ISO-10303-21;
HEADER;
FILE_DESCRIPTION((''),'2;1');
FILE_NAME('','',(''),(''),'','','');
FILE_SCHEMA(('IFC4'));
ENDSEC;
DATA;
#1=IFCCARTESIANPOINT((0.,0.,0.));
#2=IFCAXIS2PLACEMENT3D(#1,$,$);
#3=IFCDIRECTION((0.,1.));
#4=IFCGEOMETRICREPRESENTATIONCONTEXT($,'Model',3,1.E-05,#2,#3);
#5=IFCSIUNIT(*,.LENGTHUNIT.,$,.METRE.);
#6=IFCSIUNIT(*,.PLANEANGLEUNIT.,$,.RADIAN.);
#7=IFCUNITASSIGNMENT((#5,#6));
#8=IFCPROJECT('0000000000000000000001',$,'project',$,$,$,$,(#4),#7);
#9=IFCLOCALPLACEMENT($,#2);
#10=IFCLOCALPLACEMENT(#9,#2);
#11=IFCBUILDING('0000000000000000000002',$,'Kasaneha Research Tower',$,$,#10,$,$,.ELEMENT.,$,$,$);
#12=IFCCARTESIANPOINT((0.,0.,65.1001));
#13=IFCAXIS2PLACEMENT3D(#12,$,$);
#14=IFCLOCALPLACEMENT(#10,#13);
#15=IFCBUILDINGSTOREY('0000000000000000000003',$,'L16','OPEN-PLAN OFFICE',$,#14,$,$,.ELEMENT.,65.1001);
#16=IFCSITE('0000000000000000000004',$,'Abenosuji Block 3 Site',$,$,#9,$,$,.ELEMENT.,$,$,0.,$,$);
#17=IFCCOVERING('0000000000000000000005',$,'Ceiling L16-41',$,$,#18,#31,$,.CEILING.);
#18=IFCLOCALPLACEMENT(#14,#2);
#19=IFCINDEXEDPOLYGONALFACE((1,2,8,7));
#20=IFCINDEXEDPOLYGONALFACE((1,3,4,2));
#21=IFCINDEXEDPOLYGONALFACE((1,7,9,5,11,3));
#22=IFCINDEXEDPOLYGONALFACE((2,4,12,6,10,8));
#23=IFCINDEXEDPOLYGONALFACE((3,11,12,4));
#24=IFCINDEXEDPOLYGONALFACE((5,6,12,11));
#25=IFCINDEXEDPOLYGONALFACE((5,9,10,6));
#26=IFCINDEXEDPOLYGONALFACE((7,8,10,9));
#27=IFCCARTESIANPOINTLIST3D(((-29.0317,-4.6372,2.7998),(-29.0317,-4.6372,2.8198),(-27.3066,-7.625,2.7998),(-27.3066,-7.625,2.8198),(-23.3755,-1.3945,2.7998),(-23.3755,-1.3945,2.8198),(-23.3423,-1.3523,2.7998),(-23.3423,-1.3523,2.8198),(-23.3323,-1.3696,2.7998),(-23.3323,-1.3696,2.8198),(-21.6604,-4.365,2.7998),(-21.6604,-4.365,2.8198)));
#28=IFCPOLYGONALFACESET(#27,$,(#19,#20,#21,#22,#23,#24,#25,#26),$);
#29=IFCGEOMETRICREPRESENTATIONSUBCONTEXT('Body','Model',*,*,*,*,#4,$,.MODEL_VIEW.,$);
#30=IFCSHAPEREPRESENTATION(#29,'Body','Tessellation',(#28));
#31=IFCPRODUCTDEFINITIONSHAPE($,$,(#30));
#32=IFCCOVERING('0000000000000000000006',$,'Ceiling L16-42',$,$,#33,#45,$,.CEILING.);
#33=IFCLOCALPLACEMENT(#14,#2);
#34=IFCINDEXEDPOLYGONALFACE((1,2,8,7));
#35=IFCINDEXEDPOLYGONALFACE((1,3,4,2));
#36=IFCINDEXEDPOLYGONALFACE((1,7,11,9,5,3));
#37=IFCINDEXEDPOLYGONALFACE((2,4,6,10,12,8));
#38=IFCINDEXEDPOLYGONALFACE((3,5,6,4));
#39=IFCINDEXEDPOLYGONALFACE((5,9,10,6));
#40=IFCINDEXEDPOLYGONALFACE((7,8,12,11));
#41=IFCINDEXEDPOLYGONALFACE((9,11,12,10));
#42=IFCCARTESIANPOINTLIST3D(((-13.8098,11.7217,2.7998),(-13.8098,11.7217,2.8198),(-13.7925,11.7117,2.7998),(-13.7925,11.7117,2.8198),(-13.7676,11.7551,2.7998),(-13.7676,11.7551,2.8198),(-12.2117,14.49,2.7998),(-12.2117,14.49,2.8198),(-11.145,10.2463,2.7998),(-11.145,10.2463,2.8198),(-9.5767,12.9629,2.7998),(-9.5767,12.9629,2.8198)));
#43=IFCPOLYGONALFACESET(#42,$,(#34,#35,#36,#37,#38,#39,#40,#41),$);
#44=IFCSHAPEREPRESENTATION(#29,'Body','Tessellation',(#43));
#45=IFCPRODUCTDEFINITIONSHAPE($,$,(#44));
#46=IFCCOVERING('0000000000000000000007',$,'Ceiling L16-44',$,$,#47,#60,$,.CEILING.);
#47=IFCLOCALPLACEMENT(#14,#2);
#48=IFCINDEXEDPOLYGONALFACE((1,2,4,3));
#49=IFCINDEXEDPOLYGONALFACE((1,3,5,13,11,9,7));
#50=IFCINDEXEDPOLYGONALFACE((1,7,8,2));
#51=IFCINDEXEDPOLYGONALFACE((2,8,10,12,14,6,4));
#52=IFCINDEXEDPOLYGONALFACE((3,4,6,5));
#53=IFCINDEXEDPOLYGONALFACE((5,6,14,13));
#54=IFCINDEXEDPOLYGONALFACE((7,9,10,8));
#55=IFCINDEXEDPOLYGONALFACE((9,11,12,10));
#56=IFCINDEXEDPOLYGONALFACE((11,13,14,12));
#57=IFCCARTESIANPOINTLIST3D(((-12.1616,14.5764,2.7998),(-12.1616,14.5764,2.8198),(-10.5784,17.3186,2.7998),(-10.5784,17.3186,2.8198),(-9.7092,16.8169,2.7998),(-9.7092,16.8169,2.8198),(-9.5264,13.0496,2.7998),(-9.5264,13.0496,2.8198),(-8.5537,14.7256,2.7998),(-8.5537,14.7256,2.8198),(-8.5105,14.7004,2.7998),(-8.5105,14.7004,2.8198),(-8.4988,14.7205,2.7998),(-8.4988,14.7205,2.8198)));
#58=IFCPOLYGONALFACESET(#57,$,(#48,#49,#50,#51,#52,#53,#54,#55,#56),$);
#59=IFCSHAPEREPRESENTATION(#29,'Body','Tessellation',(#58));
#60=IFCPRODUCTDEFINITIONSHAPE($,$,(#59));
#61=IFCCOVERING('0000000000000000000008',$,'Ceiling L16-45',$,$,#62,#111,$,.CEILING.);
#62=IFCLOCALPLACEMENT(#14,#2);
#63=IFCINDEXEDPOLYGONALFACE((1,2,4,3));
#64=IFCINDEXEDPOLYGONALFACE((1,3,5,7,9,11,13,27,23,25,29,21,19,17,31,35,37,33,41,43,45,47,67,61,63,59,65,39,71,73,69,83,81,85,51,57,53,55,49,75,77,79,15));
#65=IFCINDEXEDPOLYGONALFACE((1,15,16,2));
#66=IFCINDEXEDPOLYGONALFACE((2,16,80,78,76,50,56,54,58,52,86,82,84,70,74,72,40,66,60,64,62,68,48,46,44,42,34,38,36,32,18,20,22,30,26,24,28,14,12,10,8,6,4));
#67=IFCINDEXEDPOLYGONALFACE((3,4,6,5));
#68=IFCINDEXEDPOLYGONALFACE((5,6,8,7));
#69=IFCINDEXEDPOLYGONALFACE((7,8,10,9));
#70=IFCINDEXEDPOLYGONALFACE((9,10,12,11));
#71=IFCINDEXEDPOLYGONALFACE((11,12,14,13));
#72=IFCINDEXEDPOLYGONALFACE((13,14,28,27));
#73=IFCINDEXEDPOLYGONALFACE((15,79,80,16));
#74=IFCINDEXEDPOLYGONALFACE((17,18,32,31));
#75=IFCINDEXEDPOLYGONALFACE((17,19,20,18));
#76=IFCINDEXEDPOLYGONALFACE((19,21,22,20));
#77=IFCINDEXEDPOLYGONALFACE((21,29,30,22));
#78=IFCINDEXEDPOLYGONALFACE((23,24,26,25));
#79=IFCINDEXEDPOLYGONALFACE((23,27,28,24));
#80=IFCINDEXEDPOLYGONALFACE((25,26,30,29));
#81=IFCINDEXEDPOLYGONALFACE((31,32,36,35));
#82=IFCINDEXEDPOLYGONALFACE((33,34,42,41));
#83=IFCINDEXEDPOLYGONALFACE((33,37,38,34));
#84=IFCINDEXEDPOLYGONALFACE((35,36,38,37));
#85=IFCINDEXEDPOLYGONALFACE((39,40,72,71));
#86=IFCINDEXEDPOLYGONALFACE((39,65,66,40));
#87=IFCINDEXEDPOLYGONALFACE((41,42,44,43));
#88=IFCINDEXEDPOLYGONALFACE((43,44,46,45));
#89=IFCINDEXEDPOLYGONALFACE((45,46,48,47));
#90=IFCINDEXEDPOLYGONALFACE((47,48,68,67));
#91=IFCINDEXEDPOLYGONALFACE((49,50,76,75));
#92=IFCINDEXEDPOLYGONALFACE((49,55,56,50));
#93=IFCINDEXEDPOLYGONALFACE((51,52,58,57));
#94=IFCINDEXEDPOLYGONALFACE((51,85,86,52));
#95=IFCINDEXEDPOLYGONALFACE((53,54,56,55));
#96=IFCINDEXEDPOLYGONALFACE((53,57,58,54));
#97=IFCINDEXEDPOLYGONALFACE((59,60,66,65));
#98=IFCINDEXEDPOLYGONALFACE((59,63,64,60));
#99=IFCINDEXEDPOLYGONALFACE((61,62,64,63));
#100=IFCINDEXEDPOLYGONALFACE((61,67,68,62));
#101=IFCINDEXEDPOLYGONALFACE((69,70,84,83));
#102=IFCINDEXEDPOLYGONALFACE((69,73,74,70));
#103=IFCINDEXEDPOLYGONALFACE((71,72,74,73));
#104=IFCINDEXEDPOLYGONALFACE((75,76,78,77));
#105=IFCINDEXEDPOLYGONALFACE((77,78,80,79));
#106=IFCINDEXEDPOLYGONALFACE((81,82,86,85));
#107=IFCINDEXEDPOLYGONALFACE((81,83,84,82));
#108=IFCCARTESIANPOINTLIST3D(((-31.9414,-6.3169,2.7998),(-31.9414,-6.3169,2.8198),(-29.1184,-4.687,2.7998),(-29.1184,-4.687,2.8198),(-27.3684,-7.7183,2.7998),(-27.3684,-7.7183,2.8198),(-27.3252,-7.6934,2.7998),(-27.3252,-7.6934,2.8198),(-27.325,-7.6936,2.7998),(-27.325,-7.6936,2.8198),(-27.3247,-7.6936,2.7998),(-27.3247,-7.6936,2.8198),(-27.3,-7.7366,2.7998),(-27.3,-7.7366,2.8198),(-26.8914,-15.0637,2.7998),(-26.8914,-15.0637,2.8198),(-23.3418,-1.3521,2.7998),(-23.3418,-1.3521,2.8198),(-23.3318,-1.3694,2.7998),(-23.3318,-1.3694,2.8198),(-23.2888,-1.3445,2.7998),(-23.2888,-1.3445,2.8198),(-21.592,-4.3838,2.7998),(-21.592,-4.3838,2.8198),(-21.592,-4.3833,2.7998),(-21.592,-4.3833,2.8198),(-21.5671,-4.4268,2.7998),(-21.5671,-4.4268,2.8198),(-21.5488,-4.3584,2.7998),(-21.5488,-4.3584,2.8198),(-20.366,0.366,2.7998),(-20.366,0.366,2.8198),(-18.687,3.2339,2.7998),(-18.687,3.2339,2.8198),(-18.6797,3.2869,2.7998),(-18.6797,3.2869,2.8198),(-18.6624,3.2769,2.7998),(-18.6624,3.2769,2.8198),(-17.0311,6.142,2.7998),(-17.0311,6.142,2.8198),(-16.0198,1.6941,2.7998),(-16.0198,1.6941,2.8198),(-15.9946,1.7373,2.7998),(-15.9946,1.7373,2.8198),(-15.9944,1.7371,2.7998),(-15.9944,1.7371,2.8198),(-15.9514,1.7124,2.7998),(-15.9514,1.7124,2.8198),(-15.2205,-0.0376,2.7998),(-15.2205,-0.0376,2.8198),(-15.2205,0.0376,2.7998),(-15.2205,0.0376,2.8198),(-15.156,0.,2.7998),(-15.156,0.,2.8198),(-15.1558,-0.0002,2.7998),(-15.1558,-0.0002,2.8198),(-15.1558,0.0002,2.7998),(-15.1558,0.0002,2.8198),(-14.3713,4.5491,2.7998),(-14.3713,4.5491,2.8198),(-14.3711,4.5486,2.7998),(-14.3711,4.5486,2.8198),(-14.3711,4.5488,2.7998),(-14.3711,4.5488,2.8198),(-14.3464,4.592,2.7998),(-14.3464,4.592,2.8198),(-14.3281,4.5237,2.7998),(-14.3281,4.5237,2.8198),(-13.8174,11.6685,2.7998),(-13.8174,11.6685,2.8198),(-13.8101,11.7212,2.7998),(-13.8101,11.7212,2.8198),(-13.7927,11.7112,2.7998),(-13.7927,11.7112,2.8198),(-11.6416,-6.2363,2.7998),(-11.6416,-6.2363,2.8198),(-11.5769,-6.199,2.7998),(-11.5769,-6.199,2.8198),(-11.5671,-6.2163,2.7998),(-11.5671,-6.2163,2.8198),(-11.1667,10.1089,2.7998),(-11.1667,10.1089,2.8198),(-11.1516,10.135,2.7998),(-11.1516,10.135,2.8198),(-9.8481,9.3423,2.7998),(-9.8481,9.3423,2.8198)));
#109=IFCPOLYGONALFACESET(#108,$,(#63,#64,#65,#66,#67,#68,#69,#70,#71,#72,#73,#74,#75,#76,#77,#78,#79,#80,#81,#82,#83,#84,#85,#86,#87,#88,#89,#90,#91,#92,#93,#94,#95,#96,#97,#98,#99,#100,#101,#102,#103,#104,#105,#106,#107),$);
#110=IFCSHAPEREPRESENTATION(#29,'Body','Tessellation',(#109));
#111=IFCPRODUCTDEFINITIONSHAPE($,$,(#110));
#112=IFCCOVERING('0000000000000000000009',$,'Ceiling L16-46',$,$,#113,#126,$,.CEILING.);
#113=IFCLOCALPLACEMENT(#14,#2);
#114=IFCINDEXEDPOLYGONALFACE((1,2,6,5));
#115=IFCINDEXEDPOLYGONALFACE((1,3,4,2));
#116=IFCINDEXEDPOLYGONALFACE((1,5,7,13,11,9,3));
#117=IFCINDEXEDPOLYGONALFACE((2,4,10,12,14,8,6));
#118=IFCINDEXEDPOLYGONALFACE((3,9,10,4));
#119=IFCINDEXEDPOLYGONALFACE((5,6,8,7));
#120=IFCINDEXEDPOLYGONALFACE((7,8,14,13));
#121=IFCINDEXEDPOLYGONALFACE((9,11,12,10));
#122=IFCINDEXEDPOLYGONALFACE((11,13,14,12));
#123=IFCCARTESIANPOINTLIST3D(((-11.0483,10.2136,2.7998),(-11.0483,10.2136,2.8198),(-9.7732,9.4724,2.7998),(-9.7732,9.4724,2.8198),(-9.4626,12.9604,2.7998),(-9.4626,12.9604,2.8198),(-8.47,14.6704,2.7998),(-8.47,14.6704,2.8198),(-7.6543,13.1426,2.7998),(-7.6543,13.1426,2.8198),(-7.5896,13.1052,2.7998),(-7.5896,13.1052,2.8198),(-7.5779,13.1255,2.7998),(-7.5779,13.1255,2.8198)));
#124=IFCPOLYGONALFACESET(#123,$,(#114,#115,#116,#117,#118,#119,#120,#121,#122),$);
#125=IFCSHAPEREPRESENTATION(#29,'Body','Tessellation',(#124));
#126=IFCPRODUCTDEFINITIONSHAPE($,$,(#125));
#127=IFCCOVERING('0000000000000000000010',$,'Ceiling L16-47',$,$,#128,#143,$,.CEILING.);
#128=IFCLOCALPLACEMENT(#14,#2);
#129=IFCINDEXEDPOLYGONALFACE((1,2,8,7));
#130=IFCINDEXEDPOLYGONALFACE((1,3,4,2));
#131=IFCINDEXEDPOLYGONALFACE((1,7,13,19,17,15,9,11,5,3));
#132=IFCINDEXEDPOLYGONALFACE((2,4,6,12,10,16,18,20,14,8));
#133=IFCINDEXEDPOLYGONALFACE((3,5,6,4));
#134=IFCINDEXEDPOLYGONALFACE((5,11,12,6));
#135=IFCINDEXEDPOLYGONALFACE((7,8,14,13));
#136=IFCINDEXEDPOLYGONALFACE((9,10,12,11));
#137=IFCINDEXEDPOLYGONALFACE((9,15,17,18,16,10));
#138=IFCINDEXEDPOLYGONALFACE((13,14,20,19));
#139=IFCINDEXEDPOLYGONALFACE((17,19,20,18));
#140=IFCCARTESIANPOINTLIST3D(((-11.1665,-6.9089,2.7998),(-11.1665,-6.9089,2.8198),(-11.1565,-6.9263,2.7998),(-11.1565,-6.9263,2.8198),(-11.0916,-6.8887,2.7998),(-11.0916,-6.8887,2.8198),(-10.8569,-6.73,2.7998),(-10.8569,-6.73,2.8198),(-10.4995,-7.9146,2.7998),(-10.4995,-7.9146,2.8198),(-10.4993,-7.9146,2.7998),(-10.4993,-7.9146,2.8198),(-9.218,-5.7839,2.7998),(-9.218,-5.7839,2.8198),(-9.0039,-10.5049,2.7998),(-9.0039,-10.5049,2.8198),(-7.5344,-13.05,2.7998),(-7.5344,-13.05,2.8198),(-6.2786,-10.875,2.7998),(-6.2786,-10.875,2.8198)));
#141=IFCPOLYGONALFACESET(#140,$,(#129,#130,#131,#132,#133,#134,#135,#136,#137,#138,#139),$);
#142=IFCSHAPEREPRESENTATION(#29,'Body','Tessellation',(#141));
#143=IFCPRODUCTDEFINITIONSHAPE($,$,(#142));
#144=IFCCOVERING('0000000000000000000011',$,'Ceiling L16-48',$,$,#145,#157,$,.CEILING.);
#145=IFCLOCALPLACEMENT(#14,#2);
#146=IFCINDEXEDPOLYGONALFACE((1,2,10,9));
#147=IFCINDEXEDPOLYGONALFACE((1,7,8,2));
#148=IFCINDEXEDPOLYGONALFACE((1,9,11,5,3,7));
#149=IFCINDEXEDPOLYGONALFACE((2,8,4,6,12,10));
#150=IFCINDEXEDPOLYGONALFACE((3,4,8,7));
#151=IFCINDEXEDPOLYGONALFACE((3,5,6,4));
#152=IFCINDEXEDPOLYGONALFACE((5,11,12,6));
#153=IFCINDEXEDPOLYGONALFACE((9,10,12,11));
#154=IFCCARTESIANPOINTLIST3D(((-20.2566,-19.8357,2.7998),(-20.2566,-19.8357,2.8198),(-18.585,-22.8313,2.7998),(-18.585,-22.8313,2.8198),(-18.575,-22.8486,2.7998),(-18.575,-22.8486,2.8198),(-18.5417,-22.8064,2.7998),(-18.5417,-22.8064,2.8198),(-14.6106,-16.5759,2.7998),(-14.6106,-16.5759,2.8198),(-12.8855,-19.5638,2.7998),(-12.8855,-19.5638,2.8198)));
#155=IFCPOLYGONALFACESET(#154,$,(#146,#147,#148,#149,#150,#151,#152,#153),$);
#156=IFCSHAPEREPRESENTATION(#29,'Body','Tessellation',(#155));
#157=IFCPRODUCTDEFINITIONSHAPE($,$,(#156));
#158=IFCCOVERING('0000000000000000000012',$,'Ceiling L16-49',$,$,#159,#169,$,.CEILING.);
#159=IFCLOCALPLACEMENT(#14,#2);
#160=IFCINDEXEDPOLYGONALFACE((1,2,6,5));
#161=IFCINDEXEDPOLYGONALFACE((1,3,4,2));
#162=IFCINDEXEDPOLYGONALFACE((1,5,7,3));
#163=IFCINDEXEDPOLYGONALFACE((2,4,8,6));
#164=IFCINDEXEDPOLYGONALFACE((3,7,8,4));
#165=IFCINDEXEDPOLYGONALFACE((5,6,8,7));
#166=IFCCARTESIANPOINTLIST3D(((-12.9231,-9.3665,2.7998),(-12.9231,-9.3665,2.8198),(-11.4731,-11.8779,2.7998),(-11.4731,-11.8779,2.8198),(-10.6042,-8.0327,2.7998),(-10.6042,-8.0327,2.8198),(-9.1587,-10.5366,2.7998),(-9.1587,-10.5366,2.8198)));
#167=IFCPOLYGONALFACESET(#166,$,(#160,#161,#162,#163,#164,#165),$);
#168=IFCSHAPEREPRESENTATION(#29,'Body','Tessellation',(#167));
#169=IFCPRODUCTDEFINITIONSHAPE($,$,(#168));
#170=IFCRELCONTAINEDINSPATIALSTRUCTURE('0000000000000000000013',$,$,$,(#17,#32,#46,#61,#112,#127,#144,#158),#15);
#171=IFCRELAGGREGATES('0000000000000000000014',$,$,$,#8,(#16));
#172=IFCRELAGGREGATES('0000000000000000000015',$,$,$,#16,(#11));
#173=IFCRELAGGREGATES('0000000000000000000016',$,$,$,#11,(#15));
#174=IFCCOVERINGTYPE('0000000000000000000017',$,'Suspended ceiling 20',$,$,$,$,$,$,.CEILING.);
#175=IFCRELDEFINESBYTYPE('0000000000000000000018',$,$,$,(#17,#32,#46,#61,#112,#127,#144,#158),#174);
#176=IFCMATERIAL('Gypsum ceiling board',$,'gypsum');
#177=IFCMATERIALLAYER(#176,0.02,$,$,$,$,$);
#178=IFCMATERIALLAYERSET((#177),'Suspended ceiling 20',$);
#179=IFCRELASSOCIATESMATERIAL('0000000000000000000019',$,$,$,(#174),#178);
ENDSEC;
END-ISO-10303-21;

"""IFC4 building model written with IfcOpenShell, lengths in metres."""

from ifc_helpers import new_model, si_unit, direction, frame, origin, place, context, subcontext, project, spatial, polyline, outline, extrude, material, layer, layer_set, type_object, element, save


model = new_model("IFC4")

# Units and contexts
model_context = context("Model", 3, precision=1e-05, world=origin(), true_north=direction((0.0, 1.0)))
body_context = subcontext(model_context, "Body", "Model", "MODEL_VIEW")
ifc_project = project(units=[si_unit("LENGTHUNIT", "METRE"), si_unit("PLANEANGLEUNIT", "RADIAN")], contexts=[model_context])

# Site, building, storey
site_placement = place(None, origin())
site = spatial("IfcSite", under=ifc_project, at=site_placement, Name="Abenosuji Block 3 Site", CompositionType="ELEMENT", RefElevation=0.0)
building_placement = place(site_placement, origin())
building = spatial("IfcBuilding", under=site, at=building_placement, Name="Kasaneha Research Tower", CompositionType="ELEMENT")
storey_placement = place(building_placement, frame((0.0, 0.0, 65.1001)))
storey = spatial("IfcBuildingStorey", under=building, at=storey_placement, Name="L16", Description="OPEN-PLAN OFFICE", CompositionType="ELEMENT", Elevation=65.1001)

# Coverings
ifc_material_1 = material(Name="Gypsum ceiling board", Category="gypsum")
ifc_layer_1 = layer(ifc_material_1, 0.02)
ifc_layer_set_1 = layer_set([ifc_layer_1], Name="Suspended ceiling 20")
covering_type = type_object("IfcCoveringType", Name="Suspended ceiling 20", PredefinedType="CEILING", material=ifc_layer_set_1)
covering_1_placement = place(storey_placement, frame((0.0, 0.0, 2.7998)))
element("IfcCovering", 1, at=covering_1_placement, inside=storey, type_object=covering_type, Name="Ceiling L16-41", PredefinedType="CEILING", context=body_context, shape_type="SweptSolid", body=[
    extrude(outline(polyline([(-23.3423, -1.3523), (-23.3323, -1.3696), (-23.3755, -1.3945), (-21.6604, -4.365), (-27.3066, -7.625), (-29.0317, -4.6372), (-23.3423, -1.3523)])), origin(), (0.0, 0.0, 1.0), 0.02),
])
covering_2_placement = place(storey_placement, frame((0.0, 0.0, 2.7998)))
element("IfcCovering", 2, at=covering_2_placement, inside=storey, type_object=covering_type, Name="Ceiling L16-42", PredefinedType="CEILING", context=body_context, shape_type="SweptSolid", body=[
    extrude(outline(polyline([(-12.2117, 14.49), (-9.5767, 12.9629), (-11.145, 10.2463), (-13.7676, 11.7551), (-13.7925, 11.7117), (-13.8098, 11.7217), (-12.2117, 14.49)])), origin(), (0.0, 0.0, 1.0), 0.02),
])
covering_3_placement = place(storey_placement, frame((0.0, 0.0, 2.7998)))
element("IfcCovering", 3, at=covering_3_placement, inside=storey, type_object=covering_type, Name="Ceiling L16-44", PredefinedType="CEILING", context=body_context, shape_type="SweptSolid", body=[
    extrude(outline(polyline([(-10.5784, 17.3186), (-9.7092, 16.8169), (-8.4988, 14.7205), (-8.5105, 14.7004), (-8.5537, 14.7256), (-9.5264, 13.0496), (-12.1616, 14.5764), (-12.1865, 14.5332), (-12.1865, 14.5332), (-10.5784, 17.3186)])), origin(), (0.0, 0.0, 1.0), 0.02),
])
covering_4_placement = place(storey_placement, frame((0.0, 0.0, 2.7998)))
element("IfcCovering", 4, at=covering_4_placement, inside=storey, type_object=covering_type, Name="Ceiling L16-45", PredefinedType="CEILING", context=body_context, shape_type="SweptSolid", body=[
    extrude(outline(polyline([(-15.1558, -0.0002), (-15.2205, -0.0376), (-11.6416, -6.2363), (-11.5769, -6.199), (-11.5671, -6.2163), (-26.8914, -15.0637), (-31.9414, -6.3169), (-29.1184, -4.687), (-27.3684, -7.7183), (-27.3252, -7.6934), (-27.325, -7.6936), (-27.3247, -7.6936), (-27.3, -7.7366), (-21.5671, -4.4268), (-21.592, -4.3838), (-21.592, -4.3838), (-21.592, -4.3833), (-21.5488, -4.3584), (-23.2888, -1.3445), (-23.3318, -1.3694), (-23.3418, -1.3521), (-20.366, 0.366), (-18.6797, 3.2869), (-18.6624, 3.2769), (-18.687, 3.2339), (-16.0198, 1.6941), (-15.9946, 1.7373), (-15.9944, 1.7371), (-15.9944, 1.7371), (-15.9514, 1.7124), (-14.3281, 4.5237), (-14.3711, 4.5486), (-14.3711, 4.5488), (-14.3713, 4.5491), (-14.3464, 4.592), (-17.0312, 6.1421), (-17.0559, 6.0991), (-17.0559, 6.0991), (-13.8101, 11.7212), (-13.7927, 11.7112), (-13.8174, 11.6685), (-11.1516, 10.135), (-11.1667, 10.1089), (-9.8481, 9.3423), (-15.2205, 0.0376), (-15.1558, 0.0002), (-15.156, 0.0), (-15.1558, -0.0002)])), origin(), (0.0, 0.0, 1.0), 0.02),
])
covering_5_placement = place(storey_placement, frame((0.0, 0.0, 2.7998)))
element("IfcCovering", 5, at=covering_5_placement, inside=storey, type_object=covering_type, Name="Ceiling L16-46", PredefinedType="CEILING", context=body_context, shape_type="SweptSolid", body=[
    extrude(outline(polyline([(-7.5779, 13.1255), (-7.5896, 13.1052), (-7.6543, 13.1426), (-9.7732, 9.4724), (-11.0483, 10.2136), (-9.4626, 12.9604), (-8.47, 14.6704), (-7.5779, 13.1255)])), origin(), (0.0, 0.0, 1.0), 0.02),
])
covering_6_placement = place(storey_placement, frame((0.0, 0.0, 2.7998)))
element("IfcCovering", 6, at=covering_6_placement, inside=storey, type_object=covering_type, Name="Ceiling L16-47", PredefinedType="CEILING", context=body_context, shape_type="SweptSolid", body=[
    extrude(outline(polyline([(-9.218, -5.7839), (-6.2786, -10.875), (-7.5344, -13.05), (-7.5344, -13.05), (-9.0039, -10.5049), (-9.0039, -10.5049), (-10.4995, -7.9146), (-10.4993, -7.9146), (-11.0916, -6.8887), (-11.1565, -6.9263), (-11.1665, -6.9089), (-10.8569, -6.73), (-9.218, -5.7839)])), origin(), (0.0, 0.0, 1.0), 0.02),
])
covering_7_placement = place(storey_placement, frame((0.0, 0.0, 2.7998)))
element("IfcCovering", 7, at=covering_7_placement, inside=storey, type_object=covering_type, Name="Ceiling L16-48", PredefinedType="CEILING", context=body_context, shape_type="SweptSolid", body=[
    extrude(outline(polyline([(-18.575, -22.8486), (-18.585, -22.8313), (-18.5417, -22.8064), (-20.2566, -19.8357), (-14.6106, -16.5759), (-12.8855, -19.5637), (-12.8423, -19.5388), (-12.8423, -19.5388), (-18.575, -22.8486)])), origin(), (0.0, 0.0, 1.0), 0.02),
])
covering_8_placement = place(storey_placement, frame((0.0, 0.0, 2.7998)))
element("IfcCovering", 8, at=covering_8_placement, inside=storey, type_object=covering_type, Name="Ceiling L16-49", PredefinedType="CEILING", context=body_context, shape_type="SweptSolid", body=[
    extrude(outline(polyline([(-12.9231, -9.3665), (-10.6042, -8.0327), (-9.1587, -10.5366), (-11.4731, -11.8779), (-12.9231, -9.3665)])), origin(), (0.0, 0.0, 1.0), 0.02),
])

save(model, "model.ifc")
